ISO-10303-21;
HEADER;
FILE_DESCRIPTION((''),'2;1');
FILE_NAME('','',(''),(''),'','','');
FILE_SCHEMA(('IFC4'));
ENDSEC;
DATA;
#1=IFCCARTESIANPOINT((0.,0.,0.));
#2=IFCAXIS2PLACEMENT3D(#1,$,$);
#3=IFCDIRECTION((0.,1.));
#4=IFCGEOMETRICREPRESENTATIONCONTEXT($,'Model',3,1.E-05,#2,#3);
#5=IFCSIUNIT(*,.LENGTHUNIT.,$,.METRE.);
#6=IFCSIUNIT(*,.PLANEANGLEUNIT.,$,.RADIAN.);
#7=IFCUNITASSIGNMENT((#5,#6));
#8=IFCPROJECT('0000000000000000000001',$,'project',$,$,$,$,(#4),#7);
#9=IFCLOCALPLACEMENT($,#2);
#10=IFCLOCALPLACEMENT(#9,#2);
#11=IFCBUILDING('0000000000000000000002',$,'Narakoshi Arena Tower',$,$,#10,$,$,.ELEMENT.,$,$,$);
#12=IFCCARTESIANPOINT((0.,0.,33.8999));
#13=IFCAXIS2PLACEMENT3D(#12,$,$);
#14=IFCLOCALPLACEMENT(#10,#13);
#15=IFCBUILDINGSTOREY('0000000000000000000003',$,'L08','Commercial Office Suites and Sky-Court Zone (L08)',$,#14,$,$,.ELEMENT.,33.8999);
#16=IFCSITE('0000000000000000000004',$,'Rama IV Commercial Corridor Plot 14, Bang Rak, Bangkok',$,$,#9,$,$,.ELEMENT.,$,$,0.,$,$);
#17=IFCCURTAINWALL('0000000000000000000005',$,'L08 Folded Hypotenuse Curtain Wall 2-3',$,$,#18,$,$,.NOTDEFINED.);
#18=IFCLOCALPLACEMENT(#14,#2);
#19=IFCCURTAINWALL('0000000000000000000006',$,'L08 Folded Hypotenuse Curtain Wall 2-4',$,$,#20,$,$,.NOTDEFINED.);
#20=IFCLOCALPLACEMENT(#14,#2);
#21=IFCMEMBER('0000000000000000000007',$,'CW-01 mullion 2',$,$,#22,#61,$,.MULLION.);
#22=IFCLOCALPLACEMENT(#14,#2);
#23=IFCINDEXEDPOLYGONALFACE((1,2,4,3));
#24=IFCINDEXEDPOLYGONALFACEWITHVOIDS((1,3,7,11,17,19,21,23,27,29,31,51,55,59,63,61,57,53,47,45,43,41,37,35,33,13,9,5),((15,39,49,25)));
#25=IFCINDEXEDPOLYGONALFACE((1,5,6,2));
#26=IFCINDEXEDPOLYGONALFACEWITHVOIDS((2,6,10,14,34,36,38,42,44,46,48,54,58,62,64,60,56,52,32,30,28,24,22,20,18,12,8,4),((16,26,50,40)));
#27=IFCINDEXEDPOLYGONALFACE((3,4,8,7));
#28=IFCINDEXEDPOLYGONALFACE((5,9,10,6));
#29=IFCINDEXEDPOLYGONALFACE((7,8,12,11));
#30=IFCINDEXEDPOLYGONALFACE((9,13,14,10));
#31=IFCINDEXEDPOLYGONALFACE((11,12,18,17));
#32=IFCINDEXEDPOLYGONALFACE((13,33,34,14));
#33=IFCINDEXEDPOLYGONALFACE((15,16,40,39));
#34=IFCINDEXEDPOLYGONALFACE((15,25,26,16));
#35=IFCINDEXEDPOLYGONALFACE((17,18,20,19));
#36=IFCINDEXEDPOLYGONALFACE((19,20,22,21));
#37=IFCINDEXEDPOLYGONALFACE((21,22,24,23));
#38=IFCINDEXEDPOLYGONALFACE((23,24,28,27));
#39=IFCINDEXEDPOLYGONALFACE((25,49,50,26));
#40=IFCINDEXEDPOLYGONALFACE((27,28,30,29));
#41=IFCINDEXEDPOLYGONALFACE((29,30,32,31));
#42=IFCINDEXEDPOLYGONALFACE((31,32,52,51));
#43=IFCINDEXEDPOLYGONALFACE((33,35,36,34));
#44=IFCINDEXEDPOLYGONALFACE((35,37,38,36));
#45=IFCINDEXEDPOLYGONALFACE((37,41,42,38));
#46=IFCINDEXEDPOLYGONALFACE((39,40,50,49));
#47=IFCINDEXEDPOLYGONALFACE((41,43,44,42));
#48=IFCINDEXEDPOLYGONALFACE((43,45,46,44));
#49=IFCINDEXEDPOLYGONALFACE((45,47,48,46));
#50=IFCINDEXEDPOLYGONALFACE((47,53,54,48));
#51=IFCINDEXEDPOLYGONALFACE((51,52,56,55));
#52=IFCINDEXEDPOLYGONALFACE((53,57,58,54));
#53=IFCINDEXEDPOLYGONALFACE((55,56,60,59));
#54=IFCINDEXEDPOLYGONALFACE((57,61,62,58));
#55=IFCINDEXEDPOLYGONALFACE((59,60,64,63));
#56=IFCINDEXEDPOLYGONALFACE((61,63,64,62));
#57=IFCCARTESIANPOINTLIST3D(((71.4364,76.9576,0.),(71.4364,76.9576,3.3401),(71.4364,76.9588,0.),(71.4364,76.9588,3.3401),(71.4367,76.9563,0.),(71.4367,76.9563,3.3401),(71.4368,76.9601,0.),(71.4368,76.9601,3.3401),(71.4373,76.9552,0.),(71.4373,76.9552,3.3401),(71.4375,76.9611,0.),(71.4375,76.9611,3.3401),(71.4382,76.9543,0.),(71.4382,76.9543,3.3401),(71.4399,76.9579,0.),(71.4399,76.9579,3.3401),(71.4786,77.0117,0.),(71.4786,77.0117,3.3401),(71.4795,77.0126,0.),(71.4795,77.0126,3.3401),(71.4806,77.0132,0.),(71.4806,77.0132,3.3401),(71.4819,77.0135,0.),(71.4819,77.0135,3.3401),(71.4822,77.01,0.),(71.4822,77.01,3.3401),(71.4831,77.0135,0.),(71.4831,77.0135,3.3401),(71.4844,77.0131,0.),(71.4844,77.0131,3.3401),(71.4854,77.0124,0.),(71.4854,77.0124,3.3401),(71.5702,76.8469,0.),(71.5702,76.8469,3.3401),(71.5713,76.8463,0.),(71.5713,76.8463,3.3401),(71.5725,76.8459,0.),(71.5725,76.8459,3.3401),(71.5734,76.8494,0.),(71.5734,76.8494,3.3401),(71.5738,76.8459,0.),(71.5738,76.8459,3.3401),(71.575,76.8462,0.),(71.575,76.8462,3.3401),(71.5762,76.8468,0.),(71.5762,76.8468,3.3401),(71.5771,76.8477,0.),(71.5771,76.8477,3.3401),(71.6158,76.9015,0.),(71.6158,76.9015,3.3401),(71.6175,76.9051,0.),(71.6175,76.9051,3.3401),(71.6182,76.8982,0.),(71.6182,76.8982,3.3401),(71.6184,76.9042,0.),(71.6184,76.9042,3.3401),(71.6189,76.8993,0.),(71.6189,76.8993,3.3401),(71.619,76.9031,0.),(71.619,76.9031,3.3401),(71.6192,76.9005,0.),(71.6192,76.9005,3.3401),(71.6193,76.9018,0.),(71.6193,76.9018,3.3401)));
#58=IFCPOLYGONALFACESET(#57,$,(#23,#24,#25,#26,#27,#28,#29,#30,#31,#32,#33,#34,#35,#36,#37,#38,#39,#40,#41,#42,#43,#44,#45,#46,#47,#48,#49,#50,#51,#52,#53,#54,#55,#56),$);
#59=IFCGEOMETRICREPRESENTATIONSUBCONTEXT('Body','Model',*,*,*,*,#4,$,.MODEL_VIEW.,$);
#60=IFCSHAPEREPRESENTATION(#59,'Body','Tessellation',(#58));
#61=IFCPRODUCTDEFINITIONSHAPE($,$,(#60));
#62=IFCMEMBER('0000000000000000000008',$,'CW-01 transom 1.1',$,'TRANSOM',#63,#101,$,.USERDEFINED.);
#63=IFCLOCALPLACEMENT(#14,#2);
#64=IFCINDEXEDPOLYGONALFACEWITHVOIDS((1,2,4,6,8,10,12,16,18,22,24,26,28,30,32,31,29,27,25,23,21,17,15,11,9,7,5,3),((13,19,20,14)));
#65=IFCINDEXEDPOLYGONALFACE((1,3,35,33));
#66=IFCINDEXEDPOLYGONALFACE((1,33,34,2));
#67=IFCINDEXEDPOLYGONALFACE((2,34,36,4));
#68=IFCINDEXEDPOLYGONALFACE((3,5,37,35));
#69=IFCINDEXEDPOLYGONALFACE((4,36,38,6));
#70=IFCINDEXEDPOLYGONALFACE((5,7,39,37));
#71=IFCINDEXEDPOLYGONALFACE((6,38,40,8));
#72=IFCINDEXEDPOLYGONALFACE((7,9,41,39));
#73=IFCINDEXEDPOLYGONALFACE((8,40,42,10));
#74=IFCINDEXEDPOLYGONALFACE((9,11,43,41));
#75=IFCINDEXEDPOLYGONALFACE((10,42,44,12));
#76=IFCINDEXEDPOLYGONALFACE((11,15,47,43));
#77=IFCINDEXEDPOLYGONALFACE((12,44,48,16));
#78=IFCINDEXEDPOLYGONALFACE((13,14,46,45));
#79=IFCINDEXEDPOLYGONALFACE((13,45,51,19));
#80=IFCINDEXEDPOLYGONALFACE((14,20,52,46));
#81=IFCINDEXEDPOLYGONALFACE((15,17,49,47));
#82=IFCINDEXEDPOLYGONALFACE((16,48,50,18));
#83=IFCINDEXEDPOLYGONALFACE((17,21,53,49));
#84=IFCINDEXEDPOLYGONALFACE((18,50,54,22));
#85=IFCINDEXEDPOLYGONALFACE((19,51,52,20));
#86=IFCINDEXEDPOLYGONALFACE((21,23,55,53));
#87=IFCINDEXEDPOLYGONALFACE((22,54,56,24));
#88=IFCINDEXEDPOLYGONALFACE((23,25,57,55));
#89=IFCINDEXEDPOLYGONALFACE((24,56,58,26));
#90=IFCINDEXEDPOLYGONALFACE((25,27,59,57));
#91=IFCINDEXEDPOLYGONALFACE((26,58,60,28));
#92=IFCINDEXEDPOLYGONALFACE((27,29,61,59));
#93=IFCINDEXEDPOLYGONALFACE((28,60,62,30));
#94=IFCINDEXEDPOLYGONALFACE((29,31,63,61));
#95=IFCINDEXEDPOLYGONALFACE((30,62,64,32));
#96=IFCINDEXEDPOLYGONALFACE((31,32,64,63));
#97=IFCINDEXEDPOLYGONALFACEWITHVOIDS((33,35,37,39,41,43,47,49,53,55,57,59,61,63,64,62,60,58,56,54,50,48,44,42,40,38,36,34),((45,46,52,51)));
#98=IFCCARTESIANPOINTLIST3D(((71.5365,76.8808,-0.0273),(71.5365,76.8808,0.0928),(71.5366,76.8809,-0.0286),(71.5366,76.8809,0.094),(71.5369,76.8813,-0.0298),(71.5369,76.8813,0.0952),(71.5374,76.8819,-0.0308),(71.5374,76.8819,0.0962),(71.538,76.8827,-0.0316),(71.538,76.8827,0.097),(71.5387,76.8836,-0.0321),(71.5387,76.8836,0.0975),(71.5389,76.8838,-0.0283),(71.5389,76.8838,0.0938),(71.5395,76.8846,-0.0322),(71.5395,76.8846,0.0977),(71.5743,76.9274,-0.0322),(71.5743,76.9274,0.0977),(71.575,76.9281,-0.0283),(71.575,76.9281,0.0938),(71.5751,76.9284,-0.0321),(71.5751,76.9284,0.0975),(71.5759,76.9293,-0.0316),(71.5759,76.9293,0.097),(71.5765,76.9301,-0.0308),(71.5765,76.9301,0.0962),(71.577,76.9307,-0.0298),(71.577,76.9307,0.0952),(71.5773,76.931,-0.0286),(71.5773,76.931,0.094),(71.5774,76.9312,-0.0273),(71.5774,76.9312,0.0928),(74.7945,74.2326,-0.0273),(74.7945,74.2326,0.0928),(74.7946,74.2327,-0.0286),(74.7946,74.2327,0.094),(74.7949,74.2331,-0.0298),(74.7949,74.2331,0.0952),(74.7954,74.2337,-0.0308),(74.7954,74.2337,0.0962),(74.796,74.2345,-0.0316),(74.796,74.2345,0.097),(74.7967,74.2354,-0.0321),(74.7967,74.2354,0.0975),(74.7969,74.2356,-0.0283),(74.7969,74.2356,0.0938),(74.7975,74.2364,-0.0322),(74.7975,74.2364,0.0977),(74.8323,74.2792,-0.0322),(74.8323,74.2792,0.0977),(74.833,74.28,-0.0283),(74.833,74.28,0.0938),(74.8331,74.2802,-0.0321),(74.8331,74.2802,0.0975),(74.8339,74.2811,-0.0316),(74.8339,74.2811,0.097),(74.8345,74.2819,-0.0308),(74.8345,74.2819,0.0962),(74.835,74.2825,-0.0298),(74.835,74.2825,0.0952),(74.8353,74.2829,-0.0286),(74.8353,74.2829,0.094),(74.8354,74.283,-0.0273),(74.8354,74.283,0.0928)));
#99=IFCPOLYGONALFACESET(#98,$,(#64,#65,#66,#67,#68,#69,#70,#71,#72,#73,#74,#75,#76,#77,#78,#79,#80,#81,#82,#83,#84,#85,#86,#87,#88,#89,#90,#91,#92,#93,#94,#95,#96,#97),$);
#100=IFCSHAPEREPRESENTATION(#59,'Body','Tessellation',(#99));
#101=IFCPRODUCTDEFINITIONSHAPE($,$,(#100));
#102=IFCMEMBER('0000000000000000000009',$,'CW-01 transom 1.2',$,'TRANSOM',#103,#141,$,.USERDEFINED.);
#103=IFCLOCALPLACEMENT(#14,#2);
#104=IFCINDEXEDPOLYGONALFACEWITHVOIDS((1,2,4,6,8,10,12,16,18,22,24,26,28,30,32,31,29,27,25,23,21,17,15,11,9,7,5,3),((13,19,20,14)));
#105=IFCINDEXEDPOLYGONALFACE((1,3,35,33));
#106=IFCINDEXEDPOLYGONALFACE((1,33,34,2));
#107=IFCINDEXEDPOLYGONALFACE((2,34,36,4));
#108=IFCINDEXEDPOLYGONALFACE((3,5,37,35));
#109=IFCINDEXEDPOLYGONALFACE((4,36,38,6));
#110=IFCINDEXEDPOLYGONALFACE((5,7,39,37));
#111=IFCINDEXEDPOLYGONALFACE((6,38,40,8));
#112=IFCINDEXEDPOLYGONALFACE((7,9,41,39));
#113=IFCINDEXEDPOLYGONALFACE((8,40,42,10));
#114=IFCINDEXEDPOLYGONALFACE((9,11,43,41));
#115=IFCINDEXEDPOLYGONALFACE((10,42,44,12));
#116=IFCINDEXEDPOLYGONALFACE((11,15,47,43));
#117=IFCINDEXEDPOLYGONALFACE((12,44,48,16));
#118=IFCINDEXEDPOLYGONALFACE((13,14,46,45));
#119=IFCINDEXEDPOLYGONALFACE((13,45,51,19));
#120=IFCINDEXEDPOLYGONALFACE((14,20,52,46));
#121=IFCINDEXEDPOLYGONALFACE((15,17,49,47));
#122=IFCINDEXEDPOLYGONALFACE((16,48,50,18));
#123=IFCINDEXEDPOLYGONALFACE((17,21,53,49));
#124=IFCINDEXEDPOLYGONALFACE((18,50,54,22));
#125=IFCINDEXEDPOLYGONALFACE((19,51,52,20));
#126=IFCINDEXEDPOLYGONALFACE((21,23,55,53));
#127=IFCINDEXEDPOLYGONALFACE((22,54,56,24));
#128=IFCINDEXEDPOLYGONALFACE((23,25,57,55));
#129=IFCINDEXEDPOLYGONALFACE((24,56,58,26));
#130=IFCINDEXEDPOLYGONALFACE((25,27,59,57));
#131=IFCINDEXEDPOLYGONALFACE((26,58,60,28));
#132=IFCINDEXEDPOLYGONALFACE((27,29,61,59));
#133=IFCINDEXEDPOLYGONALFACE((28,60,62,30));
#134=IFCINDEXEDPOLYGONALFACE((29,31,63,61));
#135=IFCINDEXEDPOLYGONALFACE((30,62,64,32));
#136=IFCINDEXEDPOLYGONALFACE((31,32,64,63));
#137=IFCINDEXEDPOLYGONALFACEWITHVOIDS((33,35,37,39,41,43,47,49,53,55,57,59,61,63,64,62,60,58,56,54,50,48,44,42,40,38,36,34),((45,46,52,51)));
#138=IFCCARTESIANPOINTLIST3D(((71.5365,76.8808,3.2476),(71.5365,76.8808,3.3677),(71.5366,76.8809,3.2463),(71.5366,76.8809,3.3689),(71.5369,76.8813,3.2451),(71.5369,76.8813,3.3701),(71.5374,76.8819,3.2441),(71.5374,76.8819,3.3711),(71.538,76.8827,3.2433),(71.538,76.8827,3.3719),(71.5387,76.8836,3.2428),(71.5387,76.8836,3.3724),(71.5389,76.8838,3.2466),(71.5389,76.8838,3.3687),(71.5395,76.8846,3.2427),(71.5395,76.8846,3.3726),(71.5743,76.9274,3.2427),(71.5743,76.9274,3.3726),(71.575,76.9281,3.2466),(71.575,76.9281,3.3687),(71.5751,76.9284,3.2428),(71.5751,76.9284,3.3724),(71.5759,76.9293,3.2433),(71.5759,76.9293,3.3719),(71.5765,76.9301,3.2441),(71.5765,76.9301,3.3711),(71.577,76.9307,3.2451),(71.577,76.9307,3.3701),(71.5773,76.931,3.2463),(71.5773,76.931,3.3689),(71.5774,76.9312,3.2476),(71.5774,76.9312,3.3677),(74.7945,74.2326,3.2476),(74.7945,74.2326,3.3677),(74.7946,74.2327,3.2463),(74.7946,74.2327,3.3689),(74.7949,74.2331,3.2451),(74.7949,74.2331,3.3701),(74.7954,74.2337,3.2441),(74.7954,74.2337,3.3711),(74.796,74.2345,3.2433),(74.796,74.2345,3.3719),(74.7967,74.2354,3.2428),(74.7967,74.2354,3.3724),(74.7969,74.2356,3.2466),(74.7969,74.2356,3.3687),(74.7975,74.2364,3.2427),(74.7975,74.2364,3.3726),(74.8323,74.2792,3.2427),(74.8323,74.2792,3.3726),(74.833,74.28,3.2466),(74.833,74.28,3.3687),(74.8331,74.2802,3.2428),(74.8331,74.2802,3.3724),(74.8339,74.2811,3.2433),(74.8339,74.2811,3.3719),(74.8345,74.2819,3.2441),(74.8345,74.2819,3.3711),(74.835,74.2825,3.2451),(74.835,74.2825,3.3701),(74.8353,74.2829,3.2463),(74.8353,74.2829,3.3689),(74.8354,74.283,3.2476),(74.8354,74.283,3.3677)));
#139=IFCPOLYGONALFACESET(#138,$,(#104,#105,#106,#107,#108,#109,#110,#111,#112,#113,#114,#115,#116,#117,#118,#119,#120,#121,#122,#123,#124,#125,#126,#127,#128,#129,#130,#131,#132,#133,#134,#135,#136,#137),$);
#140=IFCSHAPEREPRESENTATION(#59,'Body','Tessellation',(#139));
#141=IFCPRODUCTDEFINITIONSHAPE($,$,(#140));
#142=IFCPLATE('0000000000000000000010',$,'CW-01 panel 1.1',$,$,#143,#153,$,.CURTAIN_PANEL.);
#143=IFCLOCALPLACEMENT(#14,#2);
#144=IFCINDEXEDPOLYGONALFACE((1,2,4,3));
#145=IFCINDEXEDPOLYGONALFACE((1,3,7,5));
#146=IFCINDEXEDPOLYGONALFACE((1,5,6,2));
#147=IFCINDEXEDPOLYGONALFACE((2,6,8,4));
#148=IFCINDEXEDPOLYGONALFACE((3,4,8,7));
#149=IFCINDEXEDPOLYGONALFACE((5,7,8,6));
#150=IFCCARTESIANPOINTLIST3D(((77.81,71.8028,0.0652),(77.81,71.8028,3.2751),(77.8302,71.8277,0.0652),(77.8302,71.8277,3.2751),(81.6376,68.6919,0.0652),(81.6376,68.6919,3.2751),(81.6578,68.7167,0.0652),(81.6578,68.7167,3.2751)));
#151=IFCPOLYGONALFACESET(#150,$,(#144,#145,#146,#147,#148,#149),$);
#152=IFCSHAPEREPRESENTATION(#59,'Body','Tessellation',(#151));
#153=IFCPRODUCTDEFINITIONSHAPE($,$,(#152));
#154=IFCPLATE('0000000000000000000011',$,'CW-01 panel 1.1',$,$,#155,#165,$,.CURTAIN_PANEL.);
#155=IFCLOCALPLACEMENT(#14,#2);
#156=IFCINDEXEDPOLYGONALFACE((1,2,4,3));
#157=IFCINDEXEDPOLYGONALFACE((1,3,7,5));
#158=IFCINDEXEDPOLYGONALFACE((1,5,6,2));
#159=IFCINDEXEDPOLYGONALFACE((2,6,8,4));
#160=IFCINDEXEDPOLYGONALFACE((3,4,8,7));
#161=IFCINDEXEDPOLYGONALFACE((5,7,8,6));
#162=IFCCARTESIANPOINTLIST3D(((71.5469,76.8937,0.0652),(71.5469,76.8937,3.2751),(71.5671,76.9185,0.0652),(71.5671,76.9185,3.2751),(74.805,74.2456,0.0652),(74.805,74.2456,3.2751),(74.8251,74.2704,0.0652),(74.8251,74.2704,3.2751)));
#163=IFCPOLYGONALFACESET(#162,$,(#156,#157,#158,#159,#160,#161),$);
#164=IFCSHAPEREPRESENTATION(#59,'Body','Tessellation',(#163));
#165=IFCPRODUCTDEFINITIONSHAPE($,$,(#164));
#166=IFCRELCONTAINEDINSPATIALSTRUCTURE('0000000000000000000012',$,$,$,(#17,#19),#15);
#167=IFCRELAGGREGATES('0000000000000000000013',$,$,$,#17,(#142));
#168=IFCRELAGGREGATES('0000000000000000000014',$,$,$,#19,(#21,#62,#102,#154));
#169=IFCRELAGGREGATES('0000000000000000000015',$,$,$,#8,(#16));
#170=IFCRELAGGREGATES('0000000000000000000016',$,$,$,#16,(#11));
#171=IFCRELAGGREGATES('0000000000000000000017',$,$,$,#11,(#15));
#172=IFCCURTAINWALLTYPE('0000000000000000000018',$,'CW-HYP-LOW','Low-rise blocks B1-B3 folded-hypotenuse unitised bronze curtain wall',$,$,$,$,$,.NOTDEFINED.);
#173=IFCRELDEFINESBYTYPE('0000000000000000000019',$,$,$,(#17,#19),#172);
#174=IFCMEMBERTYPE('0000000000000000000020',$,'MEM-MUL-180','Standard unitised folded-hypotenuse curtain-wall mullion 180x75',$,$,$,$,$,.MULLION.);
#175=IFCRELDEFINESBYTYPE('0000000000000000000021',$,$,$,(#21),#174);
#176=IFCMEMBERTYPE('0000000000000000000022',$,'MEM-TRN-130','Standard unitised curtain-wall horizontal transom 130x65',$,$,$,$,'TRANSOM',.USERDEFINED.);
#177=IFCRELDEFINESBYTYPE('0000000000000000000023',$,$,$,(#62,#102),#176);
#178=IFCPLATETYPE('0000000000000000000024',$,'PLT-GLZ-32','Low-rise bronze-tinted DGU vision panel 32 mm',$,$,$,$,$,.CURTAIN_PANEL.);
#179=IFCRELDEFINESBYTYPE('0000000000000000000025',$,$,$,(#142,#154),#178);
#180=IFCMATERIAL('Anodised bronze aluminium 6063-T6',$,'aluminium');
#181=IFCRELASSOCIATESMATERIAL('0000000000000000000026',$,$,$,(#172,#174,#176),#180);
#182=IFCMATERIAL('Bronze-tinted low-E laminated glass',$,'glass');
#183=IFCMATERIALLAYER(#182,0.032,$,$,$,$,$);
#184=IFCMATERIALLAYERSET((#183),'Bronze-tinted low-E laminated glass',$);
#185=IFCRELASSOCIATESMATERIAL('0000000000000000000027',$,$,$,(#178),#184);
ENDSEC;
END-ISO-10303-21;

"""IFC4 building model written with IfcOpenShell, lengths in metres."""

from ifc_helpers import new_model, si_unit, direction, frame, origin, origin_2d, place, context, subcontext, project, spatial, rectangle, hollow_rectangle, extrude, material, layer, layer_set, material_profile, profile_set, type_object, element, aggregate, save


model = new_model("IFC4")

# Units and contexts
model_context = context("Model", 3, precision=1e-05, world=origin(), true_north=direction((0.0, 1.0)))
body_context = subcontext(model_context, "Body", "Model", "MODEL_VIEW")
ifc_project = project(units=[si_unit("LENGTHUNIT", "METRE"), si_unit("PLANEANGLEUNIT", "RADIAN")], contexts=[model_context])

# Site, building, storey
site_placement = place(None, origin())
site = spatial("IfcSite", under=ifc_project, at=site_placement, Name="Rama IV Commercial Corridor Plot 14, Bang Rak, Bangkok", CompositionType="ELEMENT", RefElevation=0.0)
building_placement = place(site_placement, origin())
building = spatial("IfcBuilding", under=site, at=building_placement, Name="Narakoshi Arena Tower", CompositionType="ELEMENT")
storey_placement = place(building_placement, frame((0.0, 0.0, 33.8999)))
storey = spatial("IfcBuildingStorey", under=building, at=storey_placement, Name="L08", Description="Commercial Office Suites and Sky-Court Zone (L08)", CompositionType="ELEMENT", Elevation=33.8999)

# Curtain wall
ifc_material_1 = material(Name="Anodised bronze aluminium 6063-T6", Category="aluminium")
curtain_wall_type = type_object("IfcCurtainWallType", Name="CW-HYP-LOW", Description="Low-rise blocks B1-B3 folded-hypotenuse unitised bronze curtain wall", PredefinedType="NOTDEFINED", material=ifc_material_1)
curtain_wall_1_placement = place(storey_placement, origin())
curtain_wall_1 = element("IfcCurtainWall", 1, at=curtain_wall_1_placement, inside=storey, type_object=curtain_wall_type, Name="L08 Folded Hypotenuse Curtain Wall 2-3", PredefinedType="NOTDEFINED")
ifc_material_profile_1 = material_profile(ifc_material_1, hollow_rectangle(XDim=0.075, YDim=0.1799, WallThickness=0.0039, OuterFilletRadius=0.0049, at=origin_2d()), Name="MUL180x75x4")
ifc_profile_set_1 = profile_set([ifc_material_profile_1], Name="Anodised bronze aluminium 6063-T6")
member_type_1 = type_object("IfcMemberType", Name="MEM-MUL-180", Description="Standard unitised folded-hypotenuse curtain-wall mullion 180x75", PredefinedType="MULLION", material=ifc_profile_set_1)

# Curtain wall, members
curtain_wall_2_placement = place(storey_placement, origin())
curtain_wall_2 = element("IfcCurtainWall", 2, at=curtain_wall_2_placement, inside=storey, type_object=curtain_wall_type, Name="L08 Folded Hypotenuse Curtain Wall 2-4", PredefinedType="NOTDEFINED")
member_1_placement = place(storey_placement, frame((71.5278, 76.9297, 0.0), z_axis=(0.0, 0.0, 1.0), x_axis=(-0.630734, -0.775999, 0.0)))
member_1 = element("IfcMember", 3, at=member_1_placement, type_object=member_type_1, Name="CW-01 mullion 2", PredefinedType="MULLION", context=body_context, shape_type="SweptSolid", body=[
    extrude(hollow_rectangle(XDim=0.075, YDim=0.1799, WallThickness=0.0039, OuterFilletRadius=0.0049, at=origin_2d()), origin(), (0.0, 0.0, 1.0), 3.3401),
])
ifc_material_profile_2 = material_profile(ifc_material_1, hollow_rectangle(XDim=0.0649, YDim=0.1299, WallThickness=0.0039, OuterFilletRadius=0.0049, at=origin_2d()), Name="TRN130x65x4")
ifc_profile_set_2 = profile_set([ifc_material_profile_2], Name="Anodised bronze aluminium 6063-T6")
member_type_2 = type_object("IfcMemberType", Name="MEM-TRN-130", Description="Standard unitised curtain-wall horizontal transom 130x65", ElementType="TRANSOM", PredefinedType="USERDEFINED", material=ifc_profile_set_2)
member_2_placement = place(storey_placement, frame((74.8149, 74.2578, 0.0327), z_axis=(-0.775995, 0.630739, 0.0), x_axis=(-0.630739, -0.775995, 0.0)))
member_2 = element("IfcMember", 4, at=member_2_placement, type_object=member_type_2, Name="CW-01 transom 1.1", ObjectType="TRANSOM", PredefinedType="USERDEFINED", context=body_context, shape_type="SweptSolid", body=[
    extrude(hollow_rectangle(XDim=0.0649, YDim=0.1299, WallThickness=0.0039, OuterFilletRadius=0.0049, at=origin_2d()), origin(), (0.0, 0.0, 1.0), 4.1985),
])
member_3_placement = place(storey_placement, frame((74.8149, 74.2578, 3.3076), z_axis=(-0.775995, 0.630739, 0.0), x_axis=(-0.630739, -0.775995, 0.0)))
member_3 = element("IfcMember", 5, at=member_3_placement, type_object=member_type_2, Name="CW-01 transom 1.2", ObjectType="TRANSOM", PredefinedType="USERDEFINED", context=body_context, shape_type="SweptSolid", body=[
    extrude(hollow_rectangle(XDim=0.0649, YDim=0.1299, WallThickness=0.0039, OuterFilletRadius=0.0049, at=origin_2d()), origin(), (0.0, 0.0, 1.0), 4.1985),
])

# Plates
ifc_material_2 = material(Name="Bronze-tinted low-E laminated glass", Category="glass")
ifc_layer_1 = layer(ifc_material_2, 0.032)
ifc_layer_set_1 = layer_set([ifc_layer_1], Name="Bronze-tinted low-E laminated glass")
plate_type = type_object("IfcPlateType", Name="PLT-GLZ-32", Description="Low-rise bronze-tinted DGU vision panel 32 mm", PredefinedType="CURTAIN_PANEL", material=ifc_layer_set_1)
plate_1_placement = place(storey_placement, frame((79.7339, 70.2598, 0.0652), z_axis=(0.0, 0.0, 1.0), x_axis=(-0.776008, 0.630723, 0.0)))
plate_1 = element("IfcPlate", 6, at=plate_1_placement, type_object=plate_type, Name="CW-01 panel 1.1", PredefinedType="CURTAIN_PANEL", context=body_context, shape_type="SweptSolid", body=[
    extrude(rectangle(XDim=4.9324, YDim=0.032, at=origin_2d()), origin(), (0.0, 0.0, 1.0), 3.21),
])
aggregate(curtain_wall_1, [plate_1])
plate_2_placement = place(storey_placement, frame((73.186, 75.582, 0.0652), z_axis=(0.0, 0.0, 1.0), x_axis=(-0.775999, 0.630734, 0.0)))
plate_2 = element("IfcPlate", 7, at=plate_2_placement, type_object=plate_type, Name="CW-01 panel 1.1", PredefinedType="CURTAIN_PANEL", context=body_context, shape_type="SweptSolid", body=[
    extrude(rectangle(XDim=4.1985, YDim=0.032, at=origin_2d()), origin(), (0.0, 0.0, 1.0), 3.21),
])
aggregate(curtain_wall_2, [member_1, member_2, member_3, plate_2])

save(model, "model.ifc")
